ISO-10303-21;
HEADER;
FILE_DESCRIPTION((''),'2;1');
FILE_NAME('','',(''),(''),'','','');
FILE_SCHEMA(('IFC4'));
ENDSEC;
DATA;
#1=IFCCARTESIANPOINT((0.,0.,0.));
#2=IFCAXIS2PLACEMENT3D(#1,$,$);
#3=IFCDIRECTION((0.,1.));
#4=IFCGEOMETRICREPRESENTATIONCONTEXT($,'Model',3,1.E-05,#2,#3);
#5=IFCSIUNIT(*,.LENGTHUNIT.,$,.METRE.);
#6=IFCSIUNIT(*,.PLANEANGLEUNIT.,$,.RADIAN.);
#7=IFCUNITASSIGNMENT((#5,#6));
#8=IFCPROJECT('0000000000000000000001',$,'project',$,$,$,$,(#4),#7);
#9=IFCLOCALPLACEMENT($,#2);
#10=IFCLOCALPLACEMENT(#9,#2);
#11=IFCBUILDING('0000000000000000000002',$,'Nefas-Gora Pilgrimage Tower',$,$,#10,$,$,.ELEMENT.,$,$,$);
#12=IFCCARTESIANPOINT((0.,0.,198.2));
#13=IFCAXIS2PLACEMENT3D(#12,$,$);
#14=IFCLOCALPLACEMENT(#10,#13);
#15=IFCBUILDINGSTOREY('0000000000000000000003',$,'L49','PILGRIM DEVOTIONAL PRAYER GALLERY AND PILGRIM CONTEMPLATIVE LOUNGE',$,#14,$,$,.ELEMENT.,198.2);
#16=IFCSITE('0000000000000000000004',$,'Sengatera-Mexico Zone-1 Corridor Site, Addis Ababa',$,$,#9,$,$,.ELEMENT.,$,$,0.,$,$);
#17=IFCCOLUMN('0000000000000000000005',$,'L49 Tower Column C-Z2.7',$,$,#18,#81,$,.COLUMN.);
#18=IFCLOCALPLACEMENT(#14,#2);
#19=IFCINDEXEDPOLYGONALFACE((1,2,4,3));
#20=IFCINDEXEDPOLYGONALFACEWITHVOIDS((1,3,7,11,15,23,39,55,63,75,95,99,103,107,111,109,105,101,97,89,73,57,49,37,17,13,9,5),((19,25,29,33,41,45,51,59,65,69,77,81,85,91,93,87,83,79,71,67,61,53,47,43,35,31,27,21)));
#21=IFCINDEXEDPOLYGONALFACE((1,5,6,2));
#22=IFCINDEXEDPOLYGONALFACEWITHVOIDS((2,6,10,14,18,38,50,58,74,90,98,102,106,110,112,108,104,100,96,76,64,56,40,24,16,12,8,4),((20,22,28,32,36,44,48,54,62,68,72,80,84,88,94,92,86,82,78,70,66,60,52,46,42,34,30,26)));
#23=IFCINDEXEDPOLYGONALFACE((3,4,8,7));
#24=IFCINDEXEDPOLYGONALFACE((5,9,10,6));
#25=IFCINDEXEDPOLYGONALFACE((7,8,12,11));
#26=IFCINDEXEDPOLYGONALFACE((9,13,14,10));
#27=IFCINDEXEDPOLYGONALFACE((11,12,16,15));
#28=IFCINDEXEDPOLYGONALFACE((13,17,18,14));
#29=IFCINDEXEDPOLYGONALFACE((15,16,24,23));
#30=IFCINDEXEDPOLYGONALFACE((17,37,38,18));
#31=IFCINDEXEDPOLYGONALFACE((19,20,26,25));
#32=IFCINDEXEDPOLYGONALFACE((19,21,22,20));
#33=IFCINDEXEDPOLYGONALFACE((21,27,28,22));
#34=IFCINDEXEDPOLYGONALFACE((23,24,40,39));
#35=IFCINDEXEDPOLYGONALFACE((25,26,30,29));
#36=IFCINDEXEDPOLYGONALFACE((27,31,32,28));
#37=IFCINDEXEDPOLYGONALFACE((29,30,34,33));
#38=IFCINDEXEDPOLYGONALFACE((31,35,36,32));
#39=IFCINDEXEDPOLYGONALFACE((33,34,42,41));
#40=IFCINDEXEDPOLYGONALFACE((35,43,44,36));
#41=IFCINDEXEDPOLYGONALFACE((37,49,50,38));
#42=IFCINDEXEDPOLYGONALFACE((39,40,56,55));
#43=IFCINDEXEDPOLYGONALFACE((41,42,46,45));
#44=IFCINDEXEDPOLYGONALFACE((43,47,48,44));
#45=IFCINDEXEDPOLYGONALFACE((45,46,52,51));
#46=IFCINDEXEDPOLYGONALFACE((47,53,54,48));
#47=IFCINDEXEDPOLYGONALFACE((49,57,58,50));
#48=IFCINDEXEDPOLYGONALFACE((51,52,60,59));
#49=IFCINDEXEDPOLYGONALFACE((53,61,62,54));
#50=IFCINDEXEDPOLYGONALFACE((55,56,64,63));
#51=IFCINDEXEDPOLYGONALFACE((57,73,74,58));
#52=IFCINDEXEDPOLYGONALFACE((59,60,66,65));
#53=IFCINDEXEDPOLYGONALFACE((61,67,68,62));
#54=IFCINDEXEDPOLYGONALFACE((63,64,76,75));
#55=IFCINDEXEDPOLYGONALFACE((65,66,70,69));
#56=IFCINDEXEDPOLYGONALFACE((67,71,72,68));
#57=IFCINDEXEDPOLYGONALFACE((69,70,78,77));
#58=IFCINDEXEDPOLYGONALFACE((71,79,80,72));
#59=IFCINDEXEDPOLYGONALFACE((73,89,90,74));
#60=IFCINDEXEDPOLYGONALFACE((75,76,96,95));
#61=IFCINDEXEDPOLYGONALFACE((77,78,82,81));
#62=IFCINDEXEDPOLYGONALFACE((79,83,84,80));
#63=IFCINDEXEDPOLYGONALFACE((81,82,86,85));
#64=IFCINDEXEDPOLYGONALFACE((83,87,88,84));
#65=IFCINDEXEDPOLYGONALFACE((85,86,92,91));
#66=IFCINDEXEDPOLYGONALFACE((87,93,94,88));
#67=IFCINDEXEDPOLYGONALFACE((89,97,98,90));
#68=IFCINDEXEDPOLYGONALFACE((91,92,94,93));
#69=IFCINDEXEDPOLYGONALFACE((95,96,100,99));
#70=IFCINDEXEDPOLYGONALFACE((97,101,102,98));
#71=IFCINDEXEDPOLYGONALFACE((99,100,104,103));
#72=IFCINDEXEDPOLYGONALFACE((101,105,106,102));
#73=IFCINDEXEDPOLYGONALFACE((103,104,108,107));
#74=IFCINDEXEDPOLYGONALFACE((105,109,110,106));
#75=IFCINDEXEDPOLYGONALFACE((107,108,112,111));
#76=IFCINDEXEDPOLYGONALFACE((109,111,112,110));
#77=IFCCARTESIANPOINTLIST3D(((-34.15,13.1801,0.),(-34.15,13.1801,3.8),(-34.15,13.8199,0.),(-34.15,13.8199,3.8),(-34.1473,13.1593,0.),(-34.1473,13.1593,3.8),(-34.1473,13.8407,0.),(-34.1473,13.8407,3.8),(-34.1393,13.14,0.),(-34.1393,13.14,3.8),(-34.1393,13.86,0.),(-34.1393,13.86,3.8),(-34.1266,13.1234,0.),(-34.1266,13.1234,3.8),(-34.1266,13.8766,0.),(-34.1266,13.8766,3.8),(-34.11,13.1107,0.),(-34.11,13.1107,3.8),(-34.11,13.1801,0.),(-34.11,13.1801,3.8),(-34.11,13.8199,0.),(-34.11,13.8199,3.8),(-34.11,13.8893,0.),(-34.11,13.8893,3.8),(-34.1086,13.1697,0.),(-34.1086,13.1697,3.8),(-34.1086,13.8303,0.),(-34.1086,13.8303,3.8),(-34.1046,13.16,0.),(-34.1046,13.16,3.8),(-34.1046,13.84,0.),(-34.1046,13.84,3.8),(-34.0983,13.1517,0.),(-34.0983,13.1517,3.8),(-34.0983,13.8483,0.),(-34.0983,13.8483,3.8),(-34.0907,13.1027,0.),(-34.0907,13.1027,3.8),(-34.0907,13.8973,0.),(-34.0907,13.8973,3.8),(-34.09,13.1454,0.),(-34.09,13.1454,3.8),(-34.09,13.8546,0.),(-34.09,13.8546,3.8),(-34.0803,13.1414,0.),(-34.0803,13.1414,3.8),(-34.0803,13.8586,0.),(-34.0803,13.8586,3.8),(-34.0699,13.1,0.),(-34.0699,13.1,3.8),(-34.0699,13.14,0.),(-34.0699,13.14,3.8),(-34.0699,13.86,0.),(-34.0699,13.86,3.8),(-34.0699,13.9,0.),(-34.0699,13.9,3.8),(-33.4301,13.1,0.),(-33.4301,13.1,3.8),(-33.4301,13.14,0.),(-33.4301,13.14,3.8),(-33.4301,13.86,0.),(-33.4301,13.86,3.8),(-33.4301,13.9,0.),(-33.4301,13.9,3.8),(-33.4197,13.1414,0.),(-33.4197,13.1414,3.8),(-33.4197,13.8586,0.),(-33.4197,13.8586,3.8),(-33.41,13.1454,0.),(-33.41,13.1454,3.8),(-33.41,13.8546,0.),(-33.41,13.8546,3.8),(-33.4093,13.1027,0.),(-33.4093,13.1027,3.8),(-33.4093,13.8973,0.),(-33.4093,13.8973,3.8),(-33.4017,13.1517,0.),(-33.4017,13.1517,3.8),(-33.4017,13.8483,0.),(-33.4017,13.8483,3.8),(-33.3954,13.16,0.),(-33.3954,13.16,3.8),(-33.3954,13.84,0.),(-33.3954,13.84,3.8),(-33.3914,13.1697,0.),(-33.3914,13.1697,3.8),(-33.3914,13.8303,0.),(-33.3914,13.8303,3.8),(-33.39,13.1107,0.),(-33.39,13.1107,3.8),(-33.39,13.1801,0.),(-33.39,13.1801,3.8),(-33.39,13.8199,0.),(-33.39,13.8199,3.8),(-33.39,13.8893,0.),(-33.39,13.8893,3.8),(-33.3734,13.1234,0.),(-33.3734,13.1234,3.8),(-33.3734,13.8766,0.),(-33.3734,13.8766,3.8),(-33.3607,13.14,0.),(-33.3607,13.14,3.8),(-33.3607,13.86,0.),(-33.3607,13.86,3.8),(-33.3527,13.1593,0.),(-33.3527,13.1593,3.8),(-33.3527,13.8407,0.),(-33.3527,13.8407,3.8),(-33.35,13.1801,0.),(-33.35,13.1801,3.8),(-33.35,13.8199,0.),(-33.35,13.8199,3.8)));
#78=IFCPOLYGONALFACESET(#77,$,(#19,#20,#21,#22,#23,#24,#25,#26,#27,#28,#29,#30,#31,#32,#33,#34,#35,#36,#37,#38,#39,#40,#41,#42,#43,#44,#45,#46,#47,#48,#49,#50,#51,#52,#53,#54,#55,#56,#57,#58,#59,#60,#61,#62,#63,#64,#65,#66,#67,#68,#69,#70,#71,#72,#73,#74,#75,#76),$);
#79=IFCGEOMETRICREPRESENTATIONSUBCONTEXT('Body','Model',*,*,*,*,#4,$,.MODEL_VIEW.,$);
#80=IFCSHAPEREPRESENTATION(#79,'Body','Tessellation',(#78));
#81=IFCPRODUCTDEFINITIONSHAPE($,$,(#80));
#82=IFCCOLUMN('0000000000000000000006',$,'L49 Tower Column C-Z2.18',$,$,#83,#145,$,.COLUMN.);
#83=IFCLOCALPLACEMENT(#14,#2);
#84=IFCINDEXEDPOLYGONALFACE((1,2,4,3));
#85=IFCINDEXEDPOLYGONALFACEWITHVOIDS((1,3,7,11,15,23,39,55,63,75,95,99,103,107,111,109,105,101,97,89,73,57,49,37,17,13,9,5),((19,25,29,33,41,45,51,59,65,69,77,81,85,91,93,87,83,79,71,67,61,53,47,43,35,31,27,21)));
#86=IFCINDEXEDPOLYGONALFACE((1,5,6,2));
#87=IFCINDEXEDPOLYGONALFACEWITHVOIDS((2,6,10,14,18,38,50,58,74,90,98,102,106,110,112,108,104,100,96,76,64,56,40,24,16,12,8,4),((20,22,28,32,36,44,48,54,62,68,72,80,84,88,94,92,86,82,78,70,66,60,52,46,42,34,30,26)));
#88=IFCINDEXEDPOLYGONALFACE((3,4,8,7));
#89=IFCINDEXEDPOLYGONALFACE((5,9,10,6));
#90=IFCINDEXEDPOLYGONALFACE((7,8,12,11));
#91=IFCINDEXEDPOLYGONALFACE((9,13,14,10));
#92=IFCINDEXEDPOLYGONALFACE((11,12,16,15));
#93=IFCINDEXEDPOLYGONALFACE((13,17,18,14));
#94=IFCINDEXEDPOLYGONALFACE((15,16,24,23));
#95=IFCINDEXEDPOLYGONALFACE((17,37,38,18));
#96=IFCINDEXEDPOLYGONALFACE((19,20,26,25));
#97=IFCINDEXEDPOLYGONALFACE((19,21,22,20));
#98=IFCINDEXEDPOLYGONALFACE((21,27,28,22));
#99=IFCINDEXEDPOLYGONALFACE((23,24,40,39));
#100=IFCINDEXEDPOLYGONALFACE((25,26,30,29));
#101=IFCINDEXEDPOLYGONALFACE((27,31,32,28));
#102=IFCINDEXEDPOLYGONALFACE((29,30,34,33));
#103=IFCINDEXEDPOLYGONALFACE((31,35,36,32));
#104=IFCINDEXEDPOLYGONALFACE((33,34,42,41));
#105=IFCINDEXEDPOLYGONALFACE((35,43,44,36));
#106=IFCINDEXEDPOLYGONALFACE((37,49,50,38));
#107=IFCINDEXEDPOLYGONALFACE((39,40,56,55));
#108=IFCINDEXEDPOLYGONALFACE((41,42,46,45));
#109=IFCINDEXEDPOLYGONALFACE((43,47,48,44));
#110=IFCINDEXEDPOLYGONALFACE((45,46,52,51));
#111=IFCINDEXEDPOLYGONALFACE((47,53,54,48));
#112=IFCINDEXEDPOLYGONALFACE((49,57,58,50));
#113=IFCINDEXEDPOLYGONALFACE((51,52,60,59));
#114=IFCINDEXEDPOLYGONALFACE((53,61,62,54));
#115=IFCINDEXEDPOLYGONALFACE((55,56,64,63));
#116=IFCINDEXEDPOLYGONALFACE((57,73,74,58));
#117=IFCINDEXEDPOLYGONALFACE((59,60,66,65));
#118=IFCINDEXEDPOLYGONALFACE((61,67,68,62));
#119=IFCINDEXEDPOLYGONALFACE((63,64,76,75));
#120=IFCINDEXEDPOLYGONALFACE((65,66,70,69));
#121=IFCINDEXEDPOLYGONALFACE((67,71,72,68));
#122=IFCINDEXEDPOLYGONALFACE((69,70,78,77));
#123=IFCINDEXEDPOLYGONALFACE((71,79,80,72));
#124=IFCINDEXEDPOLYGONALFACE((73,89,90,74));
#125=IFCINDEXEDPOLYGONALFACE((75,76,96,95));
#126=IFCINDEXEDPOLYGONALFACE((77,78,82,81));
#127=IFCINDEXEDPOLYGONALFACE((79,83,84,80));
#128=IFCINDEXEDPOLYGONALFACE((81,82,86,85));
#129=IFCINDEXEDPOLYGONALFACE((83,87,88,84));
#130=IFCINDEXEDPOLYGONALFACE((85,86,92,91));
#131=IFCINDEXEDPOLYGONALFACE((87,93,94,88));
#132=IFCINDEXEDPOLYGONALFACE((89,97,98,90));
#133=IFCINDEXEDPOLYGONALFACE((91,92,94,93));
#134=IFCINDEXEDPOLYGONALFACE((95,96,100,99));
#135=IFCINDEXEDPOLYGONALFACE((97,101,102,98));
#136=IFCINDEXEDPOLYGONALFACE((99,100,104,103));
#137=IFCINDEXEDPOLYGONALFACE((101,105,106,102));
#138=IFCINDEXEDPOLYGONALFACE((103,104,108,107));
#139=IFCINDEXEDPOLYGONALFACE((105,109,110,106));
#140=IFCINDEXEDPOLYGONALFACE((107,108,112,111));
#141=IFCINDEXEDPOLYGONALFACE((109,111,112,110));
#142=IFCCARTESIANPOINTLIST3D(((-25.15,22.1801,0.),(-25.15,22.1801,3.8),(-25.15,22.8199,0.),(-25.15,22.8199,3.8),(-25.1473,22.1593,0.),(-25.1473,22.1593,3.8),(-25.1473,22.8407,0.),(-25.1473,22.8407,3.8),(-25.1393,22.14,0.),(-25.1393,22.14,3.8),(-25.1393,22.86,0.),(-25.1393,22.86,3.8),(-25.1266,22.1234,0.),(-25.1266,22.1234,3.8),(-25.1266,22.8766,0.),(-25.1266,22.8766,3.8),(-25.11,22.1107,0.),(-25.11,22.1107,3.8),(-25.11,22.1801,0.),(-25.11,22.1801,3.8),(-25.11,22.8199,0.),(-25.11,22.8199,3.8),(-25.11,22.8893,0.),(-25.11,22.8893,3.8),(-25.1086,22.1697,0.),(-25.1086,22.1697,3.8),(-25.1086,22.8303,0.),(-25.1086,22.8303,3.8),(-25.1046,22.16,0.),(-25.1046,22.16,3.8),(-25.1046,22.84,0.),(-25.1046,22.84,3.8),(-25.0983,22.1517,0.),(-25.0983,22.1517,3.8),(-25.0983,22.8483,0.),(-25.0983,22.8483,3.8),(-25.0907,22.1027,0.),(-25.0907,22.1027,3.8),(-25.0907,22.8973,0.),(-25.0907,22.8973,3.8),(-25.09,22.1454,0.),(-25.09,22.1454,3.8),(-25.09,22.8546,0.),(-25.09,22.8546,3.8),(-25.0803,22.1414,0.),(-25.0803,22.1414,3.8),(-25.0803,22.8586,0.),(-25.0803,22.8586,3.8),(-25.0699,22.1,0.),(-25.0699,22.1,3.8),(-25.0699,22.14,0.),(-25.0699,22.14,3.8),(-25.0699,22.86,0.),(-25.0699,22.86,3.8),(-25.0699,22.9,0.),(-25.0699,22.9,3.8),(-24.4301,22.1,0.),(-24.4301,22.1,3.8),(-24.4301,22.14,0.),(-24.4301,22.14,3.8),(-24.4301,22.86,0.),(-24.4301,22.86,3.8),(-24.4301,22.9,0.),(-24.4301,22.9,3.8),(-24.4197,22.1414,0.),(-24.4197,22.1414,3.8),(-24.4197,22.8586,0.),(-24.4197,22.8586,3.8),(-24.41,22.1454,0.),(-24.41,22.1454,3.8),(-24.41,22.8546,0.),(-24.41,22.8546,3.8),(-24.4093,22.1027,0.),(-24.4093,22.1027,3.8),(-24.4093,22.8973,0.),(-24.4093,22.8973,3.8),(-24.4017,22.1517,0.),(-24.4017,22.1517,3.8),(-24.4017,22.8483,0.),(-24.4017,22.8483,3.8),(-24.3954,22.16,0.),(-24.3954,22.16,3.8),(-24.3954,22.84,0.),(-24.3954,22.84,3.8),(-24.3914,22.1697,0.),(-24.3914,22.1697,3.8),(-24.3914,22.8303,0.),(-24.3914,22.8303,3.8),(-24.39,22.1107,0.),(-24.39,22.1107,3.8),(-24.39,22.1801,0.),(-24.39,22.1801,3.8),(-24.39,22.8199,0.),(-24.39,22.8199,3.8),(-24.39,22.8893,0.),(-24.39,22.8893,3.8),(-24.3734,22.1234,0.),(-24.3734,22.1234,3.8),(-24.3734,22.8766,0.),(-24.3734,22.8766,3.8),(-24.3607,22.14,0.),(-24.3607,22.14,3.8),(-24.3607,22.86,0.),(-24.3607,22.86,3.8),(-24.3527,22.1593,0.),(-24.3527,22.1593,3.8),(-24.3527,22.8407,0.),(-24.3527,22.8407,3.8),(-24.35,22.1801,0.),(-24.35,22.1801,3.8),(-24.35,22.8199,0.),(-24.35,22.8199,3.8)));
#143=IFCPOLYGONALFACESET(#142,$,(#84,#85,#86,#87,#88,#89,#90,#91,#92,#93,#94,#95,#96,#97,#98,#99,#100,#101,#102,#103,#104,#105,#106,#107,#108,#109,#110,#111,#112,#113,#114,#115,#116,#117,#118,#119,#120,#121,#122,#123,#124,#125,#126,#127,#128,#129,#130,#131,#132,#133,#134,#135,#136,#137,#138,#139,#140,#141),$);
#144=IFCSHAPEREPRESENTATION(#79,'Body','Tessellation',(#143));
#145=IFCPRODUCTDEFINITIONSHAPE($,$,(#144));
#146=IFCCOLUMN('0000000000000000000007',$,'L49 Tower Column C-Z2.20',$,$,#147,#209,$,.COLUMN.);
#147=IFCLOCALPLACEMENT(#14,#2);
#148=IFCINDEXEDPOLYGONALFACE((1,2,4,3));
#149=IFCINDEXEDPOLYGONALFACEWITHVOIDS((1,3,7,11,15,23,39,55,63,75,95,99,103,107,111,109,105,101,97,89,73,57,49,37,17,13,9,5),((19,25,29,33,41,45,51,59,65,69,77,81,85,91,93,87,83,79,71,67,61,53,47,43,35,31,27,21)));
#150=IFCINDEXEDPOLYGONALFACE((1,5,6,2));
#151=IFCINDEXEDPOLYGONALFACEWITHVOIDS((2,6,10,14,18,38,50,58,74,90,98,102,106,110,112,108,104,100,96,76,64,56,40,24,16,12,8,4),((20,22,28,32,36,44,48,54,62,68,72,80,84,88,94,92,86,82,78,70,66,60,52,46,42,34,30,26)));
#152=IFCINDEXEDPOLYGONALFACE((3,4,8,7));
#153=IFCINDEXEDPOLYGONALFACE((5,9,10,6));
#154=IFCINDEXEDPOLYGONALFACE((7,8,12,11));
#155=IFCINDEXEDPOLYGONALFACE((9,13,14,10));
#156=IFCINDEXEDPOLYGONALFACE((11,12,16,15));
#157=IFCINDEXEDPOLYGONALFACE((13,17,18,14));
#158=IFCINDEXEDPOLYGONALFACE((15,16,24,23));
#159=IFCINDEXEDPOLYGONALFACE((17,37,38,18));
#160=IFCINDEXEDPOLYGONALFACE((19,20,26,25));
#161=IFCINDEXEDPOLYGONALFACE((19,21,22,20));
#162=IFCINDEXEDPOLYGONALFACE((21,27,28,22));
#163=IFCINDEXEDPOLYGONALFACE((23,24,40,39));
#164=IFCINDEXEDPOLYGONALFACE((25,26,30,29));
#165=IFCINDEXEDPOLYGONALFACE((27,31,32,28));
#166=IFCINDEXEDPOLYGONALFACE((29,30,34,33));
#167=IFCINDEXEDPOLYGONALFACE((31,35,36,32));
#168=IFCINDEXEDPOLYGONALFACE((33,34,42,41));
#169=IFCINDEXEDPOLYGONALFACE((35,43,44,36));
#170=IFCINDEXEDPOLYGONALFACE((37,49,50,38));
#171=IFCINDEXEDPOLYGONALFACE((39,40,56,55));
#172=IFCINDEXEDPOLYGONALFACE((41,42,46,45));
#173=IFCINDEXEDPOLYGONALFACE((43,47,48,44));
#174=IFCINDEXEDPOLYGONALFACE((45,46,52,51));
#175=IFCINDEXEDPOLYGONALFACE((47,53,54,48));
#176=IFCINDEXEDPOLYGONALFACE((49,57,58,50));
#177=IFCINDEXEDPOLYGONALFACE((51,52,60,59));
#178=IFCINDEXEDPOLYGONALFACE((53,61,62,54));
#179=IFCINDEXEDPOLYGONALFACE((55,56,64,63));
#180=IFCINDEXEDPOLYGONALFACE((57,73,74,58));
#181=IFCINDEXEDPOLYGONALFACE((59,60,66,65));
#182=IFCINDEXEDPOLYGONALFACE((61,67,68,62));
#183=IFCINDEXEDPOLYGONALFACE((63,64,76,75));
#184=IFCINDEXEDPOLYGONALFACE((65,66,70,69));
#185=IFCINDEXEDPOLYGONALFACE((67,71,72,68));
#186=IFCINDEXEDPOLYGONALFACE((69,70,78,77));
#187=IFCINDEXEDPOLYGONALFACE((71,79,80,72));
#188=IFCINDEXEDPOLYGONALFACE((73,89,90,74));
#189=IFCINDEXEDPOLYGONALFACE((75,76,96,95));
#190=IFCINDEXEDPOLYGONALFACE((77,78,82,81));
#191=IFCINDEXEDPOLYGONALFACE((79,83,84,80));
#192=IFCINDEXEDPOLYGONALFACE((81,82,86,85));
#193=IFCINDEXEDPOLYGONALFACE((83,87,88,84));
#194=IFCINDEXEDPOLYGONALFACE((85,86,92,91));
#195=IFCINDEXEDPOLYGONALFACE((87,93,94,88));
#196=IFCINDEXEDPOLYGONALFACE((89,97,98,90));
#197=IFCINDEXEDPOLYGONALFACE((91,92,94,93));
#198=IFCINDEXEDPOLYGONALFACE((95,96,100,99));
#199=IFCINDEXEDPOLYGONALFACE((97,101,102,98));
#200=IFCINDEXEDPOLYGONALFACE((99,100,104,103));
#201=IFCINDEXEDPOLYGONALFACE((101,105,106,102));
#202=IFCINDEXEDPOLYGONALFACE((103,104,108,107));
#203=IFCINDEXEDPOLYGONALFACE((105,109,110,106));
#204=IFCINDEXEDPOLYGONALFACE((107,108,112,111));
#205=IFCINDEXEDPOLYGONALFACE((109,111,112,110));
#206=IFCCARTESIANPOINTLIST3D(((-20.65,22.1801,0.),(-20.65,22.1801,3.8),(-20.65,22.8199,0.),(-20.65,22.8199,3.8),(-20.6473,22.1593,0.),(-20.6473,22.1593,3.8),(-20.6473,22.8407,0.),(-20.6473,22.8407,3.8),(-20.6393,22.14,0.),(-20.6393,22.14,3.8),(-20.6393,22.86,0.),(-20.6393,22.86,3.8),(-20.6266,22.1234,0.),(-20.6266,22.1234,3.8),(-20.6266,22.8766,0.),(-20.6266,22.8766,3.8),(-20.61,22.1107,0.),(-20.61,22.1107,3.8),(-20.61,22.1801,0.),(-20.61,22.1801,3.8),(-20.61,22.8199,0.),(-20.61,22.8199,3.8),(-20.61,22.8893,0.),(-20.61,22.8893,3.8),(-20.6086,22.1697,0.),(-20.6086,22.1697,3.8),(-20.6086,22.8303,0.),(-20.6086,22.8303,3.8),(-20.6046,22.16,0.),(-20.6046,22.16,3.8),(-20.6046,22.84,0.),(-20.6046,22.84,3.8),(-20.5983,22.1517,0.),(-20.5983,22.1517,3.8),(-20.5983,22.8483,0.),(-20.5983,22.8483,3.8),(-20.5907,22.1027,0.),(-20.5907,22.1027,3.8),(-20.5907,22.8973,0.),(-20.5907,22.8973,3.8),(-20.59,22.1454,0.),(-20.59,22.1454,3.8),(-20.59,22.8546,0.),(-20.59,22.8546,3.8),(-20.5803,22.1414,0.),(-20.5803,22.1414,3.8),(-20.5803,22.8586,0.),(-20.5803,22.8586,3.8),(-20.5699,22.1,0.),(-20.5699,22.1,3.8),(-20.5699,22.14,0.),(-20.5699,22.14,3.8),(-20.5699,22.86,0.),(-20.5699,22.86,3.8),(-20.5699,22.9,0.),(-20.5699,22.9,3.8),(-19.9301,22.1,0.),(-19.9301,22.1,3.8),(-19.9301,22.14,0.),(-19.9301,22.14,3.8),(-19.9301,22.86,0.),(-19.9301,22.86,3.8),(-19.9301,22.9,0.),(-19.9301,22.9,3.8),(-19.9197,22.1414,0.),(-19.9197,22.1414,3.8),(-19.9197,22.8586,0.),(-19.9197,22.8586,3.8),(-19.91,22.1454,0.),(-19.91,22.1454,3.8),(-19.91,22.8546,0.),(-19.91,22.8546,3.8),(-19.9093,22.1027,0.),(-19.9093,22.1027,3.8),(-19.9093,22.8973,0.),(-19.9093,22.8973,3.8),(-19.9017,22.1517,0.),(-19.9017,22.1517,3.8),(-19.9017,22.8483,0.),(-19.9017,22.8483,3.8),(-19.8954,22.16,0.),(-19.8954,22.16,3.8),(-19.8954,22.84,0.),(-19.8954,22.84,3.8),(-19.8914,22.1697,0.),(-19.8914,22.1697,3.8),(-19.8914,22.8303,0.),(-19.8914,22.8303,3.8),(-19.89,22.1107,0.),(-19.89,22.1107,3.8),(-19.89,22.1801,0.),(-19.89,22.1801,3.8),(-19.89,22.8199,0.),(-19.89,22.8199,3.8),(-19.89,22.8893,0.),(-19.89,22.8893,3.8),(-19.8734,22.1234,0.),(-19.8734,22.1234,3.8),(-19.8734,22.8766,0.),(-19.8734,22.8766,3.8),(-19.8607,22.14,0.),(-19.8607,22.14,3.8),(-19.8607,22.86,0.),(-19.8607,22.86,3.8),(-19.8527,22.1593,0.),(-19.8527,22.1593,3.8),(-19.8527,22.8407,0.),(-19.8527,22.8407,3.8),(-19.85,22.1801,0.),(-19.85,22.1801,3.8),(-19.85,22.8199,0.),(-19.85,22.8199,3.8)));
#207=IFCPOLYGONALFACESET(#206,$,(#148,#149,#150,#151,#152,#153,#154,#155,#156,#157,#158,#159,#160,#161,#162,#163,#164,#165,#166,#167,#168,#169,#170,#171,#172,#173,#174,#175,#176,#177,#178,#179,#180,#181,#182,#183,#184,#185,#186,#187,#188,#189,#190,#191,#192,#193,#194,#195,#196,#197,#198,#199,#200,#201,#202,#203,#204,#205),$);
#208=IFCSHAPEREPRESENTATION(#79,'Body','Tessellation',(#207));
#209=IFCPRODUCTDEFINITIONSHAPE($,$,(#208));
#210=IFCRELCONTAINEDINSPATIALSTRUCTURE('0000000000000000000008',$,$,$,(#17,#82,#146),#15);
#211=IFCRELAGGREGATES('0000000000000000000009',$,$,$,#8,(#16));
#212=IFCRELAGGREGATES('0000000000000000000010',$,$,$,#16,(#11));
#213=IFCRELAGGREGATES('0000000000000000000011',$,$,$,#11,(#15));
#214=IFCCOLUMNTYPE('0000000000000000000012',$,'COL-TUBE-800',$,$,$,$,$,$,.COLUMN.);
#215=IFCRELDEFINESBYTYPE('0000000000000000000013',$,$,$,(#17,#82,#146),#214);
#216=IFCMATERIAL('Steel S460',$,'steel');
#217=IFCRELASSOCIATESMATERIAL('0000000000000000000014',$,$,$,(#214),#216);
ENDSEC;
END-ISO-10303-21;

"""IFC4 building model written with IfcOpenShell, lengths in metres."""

from ifc_helpers import new_model, si_unit, direction, frame, origin, origin_2d, place, context, subcontext, project, spatial, hollow_rectangle, extrude, source, transform, mapped, material, material_profile, profile_set, type_object, element, save


model = new_model("IFC4")

# Units and contexts
model_context = context("Model", 3, precision=1e-05, world=origin(), true_north=direction((0.0, 1.0)))
body_context = subcontext(model_context, "Body", "Model", "MODEL_VIEW")
ifc_project = project(units=[si_unit("LENGTHUNIT", "METRE"), si_unit("PLANEANGLEUNIT", "RADIAN")], contexts=[model_context])

# Site, building, storey
site_placement = place(None, origin())
site = spatial("IfcSite", under=ifc_project, at=site_placement, Name="Sengatera-Mexico Zone-1 Corridor Site, Addis Ababa", CompositionType="ELEMENT", RefElevation=0.0)
building_placement = place(site_placement, origin())
building = spatial("IfcBuilding", under=site, at=building_placement, Name="Nefas-Gora Pilgrimage Tower", CompositionType="ELEMENT")
storey_placement = place(building_placement, frame((0.0, 0.0, 198.2)))
storey = spatial("IfcBuildingStorey", under=building, at=storey_placement, Name="L49", Description="PILGRIM DEVOTIONAL PRAYER GALLERY AND PILGRIM CONTEMPLATIVE LOUNGE", CompositionType="ELEMENT", Elevation=198.2)

# Columns
ifc_material_1 = material(Name="Steel S460", Category="steel")
ifc_material_profile_1 = material_profile(ifc_material_1, hollow_rectangle(XDim=0.8, YDim=0.8, WallThickness=0.04, InnerFilletRadius=0.04, OuterFilletRadius=0.0801, at=origin_2d()), Name="BOX 800x800x40")
ifc_profile_set_1 = profile_set([ifc_material_profile_1], Name="Steel S460")
column_type_1 = type_object("IfcColumnType", Name="COL-TUBE-800", PredefinedType="COLUMN", material=ifc_profile_set_1)
shared_shape_1 = source(origin(), body_context, "Body", "SweptSolid", [
    extrude(hollow_rectangle(XDim=0.8, YDim=0.8, WallThickness=0.04, InnerFilletRadius=0.04, OuterFilletRadius=0.0801, at=origin_2d()), origin(), (0.0, 0.0, 1.0), 3.8),
])
for number, where, z_axis, x_axis, name in (
    (1, (-33.75, 13.5, 0.0), (0.0, 0.0, 1.0), (1.0, 0.0, 0.0), "L49 Tower Column C-Z2.7"),
    (2, (-24.75, 22.5, 0.0), (0.0, 0.0, 1.0), (1.0, 0.0, 0.0), "L49 Tower Column C-Z2.18"),
    (3, (-20.25, 22.5, 0.0), (0.0, 0.0, 1.0), (1.0, 0.0, 0.0), "L49 Tower Column C-Z2.20"),
):
    element("IfcColumn", number, at=place(storey_placement, frame(where, z_axis=z_axis, x_axis=x_axis)), inside=storey, type_object=column_type_1, Name=name, PredefinedType="COLUMN", context=body_context, shape_type="MappedRepresentation", body=[
        mapped(shared_shape_1, transform((0.0, 0.0, 0.0), x_axis=(1.0, 0.0, 0.0), y_axis=(0.0, 1.0, 0.0), z_axis=(0.0, 0.0, 1.0), scale=1.0)),
    ])

save(model, "model.ifc")
